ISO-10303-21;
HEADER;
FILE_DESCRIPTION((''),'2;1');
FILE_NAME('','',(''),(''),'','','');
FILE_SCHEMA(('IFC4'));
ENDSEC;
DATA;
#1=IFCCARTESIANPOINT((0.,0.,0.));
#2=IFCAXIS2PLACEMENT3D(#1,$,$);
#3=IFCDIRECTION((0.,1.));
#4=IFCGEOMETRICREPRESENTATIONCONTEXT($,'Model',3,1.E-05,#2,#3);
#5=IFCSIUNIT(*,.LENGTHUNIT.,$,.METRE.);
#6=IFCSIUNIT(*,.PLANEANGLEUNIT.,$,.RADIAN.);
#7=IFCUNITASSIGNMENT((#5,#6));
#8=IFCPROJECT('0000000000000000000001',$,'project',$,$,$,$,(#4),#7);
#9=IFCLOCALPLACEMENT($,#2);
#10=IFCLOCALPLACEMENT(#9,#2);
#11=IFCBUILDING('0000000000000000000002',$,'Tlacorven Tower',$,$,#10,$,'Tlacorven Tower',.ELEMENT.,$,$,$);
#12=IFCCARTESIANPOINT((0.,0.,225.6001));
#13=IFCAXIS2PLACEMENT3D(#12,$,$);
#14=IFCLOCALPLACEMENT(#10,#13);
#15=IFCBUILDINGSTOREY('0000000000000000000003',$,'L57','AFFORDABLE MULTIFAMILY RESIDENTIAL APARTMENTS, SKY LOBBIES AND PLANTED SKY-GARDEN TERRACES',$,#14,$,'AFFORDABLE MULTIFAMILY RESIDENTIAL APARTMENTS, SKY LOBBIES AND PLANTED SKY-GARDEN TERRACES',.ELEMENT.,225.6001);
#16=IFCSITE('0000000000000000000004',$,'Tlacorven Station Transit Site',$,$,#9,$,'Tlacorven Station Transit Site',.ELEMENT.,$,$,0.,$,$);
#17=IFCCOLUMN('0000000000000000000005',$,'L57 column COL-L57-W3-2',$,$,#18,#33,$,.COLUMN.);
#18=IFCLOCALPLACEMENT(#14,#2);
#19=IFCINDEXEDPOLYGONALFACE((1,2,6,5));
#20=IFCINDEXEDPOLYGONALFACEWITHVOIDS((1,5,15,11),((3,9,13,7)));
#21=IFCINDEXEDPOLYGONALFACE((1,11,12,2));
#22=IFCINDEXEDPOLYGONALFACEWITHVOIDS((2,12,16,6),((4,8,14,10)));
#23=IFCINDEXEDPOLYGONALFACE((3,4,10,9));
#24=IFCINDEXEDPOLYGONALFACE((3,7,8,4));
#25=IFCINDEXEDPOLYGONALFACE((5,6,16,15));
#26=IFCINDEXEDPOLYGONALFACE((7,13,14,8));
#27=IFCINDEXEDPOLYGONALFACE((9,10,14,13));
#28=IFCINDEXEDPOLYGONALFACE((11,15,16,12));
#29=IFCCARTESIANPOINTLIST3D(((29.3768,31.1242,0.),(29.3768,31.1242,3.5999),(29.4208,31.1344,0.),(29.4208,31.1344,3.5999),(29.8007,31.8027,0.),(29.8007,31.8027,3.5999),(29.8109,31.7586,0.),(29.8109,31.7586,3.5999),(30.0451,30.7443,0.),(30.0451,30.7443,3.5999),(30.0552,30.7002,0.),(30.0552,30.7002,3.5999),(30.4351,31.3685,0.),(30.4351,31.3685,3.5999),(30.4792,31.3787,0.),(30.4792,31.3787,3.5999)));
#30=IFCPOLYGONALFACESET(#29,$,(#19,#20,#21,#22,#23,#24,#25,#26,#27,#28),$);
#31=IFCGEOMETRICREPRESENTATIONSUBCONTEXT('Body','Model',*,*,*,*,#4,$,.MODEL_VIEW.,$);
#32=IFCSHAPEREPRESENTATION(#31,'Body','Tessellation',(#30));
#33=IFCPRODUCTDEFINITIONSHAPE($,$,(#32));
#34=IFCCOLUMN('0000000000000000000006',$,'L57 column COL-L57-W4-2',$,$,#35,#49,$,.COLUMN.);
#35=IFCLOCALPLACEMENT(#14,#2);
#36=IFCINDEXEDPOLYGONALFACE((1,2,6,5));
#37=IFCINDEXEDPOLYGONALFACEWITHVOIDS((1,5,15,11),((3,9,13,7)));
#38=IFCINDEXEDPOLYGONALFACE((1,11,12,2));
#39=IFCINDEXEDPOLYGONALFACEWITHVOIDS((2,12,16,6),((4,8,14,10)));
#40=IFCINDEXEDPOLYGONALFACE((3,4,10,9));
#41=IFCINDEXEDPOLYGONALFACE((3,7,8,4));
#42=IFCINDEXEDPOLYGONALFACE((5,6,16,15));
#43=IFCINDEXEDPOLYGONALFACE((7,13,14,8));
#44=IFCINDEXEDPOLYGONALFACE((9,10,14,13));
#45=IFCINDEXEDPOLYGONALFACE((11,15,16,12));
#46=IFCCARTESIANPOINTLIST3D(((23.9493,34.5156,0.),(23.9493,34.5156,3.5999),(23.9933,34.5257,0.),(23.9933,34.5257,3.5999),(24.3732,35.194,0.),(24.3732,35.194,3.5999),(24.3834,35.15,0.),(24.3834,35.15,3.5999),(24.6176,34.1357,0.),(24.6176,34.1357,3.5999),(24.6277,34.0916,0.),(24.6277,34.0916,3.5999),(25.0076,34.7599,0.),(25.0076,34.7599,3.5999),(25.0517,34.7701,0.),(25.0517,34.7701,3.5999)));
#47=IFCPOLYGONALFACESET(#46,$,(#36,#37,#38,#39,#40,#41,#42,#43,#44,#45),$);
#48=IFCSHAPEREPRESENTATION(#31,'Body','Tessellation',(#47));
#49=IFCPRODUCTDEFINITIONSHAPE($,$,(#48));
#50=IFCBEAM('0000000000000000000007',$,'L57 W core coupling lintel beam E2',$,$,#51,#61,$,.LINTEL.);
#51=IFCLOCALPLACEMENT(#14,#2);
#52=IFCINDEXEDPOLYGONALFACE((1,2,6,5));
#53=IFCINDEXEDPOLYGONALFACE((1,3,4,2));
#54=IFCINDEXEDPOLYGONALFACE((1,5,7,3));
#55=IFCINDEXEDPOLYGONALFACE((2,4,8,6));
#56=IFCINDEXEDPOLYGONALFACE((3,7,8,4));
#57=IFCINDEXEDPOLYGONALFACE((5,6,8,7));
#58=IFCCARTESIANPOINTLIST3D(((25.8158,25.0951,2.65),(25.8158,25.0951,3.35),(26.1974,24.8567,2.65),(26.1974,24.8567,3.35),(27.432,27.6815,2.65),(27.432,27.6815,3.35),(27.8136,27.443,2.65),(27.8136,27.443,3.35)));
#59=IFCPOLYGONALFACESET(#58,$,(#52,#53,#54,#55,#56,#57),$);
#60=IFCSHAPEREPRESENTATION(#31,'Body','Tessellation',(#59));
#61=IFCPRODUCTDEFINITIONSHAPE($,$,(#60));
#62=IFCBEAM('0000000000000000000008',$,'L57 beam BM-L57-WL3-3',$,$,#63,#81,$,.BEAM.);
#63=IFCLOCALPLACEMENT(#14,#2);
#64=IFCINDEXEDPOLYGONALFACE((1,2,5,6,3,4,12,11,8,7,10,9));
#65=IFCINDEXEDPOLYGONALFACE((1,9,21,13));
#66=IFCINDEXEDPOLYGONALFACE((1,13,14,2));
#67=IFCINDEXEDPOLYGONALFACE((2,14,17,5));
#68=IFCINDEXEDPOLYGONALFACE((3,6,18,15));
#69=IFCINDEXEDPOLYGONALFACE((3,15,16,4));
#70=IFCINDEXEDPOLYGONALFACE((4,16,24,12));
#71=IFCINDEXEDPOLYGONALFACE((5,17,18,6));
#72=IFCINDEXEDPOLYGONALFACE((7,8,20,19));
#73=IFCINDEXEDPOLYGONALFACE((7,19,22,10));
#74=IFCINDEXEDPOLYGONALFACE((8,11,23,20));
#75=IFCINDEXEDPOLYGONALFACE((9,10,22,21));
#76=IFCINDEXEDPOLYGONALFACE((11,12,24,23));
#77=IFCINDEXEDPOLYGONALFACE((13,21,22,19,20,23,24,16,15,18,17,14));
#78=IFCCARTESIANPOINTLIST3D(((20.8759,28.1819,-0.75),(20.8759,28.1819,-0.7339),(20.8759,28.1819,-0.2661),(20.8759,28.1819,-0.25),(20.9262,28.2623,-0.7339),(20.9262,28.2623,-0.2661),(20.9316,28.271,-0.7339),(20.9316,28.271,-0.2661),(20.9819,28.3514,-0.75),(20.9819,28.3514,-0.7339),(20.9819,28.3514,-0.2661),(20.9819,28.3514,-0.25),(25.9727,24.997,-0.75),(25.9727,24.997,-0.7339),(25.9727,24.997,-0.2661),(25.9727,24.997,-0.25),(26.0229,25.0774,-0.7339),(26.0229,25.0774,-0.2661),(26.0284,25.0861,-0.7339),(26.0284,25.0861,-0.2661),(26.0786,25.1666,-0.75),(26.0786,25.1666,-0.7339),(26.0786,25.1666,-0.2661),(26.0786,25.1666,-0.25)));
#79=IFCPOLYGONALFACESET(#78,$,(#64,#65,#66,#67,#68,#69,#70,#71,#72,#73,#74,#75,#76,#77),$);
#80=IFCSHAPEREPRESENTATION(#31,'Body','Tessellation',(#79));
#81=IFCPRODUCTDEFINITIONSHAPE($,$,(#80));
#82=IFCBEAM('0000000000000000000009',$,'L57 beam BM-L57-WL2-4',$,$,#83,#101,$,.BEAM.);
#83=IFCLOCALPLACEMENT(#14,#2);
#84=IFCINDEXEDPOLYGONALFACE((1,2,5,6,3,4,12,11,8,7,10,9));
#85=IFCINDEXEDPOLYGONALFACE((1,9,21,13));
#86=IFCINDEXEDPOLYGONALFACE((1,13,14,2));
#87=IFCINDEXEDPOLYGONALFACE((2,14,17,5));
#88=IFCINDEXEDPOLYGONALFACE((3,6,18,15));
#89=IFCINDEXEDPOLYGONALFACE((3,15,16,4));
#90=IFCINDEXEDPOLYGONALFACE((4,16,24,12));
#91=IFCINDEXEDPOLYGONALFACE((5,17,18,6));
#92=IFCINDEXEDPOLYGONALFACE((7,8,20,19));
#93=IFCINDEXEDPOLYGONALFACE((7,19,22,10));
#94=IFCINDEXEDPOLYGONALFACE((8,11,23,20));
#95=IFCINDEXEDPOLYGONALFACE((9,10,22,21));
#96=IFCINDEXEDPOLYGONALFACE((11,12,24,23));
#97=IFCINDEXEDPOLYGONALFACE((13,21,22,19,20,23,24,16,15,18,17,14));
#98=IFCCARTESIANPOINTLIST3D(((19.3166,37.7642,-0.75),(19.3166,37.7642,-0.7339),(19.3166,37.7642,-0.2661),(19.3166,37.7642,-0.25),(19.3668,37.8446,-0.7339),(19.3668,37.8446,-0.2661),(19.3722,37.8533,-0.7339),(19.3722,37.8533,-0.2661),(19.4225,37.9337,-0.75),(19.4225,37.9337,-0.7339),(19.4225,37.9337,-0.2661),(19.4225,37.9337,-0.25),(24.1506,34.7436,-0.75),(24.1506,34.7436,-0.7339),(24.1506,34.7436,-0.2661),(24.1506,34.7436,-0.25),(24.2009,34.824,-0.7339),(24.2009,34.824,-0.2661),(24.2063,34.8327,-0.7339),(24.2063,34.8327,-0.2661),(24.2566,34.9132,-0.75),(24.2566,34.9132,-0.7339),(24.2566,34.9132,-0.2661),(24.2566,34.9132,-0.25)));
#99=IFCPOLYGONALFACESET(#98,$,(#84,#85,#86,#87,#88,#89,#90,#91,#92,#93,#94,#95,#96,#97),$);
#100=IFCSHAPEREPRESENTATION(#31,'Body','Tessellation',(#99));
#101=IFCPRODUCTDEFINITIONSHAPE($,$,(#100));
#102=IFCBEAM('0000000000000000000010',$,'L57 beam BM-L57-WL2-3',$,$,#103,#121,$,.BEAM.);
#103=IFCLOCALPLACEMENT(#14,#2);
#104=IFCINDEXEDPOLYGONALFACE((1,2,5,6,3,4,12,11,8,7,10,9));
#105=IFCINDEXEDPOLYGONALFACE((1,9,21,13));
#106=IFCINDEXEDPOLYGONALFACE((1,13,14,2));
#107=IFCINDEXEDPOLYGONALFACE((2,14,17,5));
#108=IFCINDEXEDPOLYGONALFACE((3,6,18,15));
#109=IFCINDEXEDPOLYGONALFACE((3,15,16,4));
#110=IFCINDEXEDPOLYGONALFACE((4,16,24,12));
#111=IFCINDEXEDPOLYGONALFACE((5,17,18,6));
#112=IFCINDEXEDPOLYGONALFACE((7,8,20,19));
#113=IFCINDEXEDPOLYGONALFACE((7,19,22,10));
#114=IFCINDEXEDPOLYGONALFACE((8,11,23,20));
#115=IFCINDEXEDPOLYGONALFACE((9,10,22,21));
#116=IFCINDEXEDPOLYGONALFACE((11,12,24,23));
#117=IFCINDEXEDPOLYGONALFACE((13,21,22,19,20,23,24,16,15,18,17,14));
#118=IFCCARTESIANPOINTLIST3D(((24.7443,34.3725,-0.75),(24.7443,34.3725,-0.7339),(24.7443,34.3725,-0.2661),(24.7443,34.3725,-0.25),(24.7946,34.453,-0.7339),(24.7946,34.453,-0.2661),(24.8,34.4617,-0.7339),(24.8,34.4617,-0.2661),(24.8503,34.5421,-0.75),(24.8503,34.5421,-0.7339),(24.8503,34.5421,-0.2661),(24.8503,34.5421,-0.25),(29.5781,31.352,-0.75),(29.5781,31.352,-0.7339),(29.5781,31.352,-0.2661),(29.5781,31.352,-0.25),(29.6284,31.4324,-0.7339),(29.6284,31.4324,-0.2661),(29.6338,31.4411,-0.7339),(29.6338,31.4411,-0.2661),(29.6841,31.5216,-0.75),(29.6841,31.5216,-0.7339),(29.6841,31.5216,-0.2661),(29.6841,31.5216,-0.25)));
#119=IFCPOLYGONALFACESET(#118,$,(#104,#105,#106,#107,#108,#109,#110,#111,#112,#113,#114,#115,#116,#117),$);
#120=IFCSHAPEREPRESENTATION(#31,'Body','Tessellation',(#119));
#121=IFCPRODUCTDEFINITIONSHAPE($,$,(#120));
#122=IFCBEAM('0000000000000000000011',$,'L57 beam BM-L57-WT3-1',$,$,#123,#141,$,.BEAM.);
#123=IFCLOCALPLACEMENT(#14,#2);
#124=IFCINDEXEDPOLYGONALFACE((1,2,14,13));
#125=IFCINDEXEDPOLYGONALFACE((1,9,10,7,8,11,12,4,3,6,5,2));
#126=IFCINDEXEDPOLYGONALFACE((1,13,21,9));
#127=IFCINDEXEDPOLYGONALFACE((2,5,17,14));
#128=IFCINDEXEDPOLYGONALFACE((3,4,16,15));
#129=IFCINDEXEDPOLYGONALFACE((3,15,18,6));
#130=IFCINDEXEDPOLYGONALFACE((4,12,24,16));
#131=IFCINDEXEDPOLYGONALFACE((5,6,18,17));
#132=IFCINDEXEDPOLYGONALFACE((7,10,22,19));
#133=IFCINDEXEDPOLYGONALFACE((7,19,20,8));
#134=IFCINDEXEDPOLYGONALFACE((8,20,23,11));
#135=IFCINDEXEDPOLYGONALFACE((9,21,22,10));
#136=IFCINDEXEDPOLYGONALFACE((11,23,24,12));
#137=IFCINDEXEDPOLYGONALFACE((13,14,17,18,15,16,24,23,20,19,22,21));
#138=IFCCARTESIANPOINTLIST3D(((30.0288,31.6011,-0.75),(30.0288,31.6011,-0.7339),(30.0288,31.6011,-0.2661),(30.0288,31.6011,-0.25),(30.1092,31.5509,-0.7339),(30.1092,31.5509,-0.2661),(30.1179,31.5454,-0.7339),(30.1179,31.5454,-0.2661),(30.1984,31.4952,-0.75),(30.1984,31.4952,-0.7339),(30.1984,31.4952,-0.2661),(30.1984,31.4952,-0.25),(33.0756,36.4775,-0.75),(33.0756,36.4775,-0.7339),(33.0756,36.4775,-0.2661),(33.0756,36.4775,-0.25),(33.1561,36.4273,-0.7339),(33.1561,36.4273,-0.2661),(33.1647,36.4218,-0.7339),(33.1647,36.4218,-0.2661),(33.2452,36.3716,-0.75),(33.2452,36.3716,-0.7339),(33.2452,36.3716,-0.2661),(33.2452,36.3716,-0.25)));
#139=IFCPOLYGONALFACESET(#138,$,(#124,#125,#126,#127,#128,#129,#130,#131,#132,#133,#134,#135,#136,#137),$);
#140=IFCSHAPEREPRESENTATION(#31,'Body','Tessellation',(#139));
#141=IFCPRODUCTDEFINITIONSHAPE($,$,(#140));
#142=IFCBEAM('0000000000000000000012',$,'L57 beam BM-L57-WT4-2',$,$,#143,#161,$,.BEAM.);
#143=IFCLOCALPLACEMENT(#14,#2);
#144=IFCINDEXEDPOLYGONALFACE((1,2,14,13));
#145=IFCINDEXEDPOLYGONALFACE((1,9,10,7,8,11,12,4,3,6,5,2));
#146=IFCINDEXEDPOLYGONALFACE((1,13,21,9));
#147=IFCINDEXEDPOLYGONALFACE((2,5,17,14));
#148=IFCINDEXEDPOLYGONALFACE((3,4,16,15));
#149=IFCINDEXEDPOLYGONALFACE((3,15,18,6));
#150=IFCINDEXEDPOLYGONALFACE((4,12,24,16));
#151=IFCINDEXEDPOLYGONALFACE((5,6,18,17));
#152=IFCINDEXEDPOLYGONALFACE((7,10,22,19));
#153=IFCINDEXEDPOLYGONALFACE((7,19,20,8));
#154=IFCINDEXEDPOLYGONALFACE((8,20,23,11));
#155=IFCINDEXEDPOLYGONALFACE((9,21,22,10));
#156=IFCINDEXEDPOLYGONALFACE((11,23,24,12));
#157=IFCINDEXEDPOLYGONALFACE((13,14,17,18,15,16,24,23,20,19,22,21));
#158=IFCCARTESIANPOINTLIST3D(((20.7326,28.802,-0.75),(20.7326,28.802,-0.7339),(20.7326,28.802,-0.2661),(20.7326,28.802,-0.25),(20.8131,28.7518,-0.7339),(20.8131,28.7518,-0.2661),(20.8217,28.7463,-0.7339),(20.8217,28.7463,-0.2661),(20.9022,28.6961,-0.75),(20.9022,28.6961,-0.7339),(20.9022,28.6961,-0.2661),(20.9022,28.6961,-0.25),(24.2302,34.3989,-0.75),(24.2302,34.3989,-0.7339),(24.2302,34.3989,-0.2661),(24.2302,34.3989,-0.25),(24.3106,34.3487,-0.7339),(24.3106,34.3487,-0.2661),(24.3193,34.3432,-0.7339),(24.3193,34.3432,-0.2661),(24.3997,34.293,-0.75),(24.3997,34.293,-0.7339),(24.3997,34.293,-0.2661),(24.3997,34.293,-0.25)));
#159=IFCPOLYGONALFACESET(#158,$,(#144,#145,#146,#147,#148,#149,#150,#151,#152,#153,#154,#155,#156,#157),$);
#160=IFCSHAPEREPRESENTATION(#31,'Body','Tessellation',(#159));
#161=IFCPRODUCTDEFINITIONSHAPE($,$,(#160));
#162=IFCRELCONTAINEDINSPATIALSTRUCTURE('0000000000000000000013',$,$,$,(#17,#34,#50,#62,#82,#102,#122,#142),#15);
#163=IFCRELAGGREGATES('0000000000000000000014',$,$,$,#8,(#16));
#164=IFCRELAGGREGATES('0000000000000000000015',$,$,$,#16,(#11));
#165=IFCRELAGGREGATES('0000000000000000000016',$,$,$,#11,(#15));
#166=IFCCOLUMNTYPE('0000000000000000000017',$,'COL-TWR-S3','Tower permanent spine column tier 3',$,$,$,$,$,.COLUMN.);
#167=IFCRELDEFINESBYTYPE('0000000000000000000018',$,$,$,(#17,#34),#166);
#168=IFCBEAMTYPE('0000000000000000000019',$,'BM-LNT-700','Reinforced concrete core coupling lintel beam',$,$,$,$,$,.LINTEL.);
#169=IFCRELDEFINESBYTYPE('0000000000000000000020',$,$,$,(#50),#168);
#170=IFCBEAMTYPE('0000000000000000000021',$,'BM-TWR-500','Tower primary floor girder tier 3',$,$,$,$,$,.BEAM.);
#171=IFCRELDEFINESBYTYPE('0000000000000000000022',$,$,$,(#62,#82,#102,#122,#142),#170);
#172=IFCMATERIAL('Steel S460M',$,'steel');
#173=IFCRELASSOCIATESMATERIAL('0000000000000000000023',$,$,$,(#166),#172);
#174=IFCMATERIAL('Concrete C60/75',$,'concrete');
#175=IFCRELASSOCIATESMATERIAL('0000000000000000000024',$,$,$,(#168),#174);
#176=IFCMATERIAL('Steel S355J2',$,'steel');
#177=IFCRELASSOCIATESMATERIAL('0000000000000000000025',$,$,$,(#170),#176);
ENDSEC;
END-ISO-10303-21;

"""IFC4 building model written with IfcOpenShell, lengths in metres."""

from ifc_helpers import new_model, si_unit, direction, frame, origin, origin_2d, place, context, subcontext, project, spatial, rectangle, hollow_rectangle, i_section, extrude, source, transform, mapped, material, material_profile, profile_set, type_object, element, save


model = new_model("IFC4")

# Units and contexts
model_context = context("Model", 3, precision=1e-05, world=origin(), true_north=direction((0.0, 1.0)))
body_context = subcontext(model_context, "Body", "Model", "MODEL_VIEW")
ifc_project = project(units=[si_unit("LENGTHUNIT", "METRE"), si_unit("PLANEANGLEUNIT", "RADIAN")], contexts=[model_context])

# Site, building, storey
site_placement = place(None, origin())
site = spatial("IfcSite", under=ifc_project, at=site_placement, Name="Tlacorven Station Transit Site", LongName="Tlacorven Station Transit Site", CompositionType="ELEMENT", RefElevation=0.0)
building_placement = place(site_placement, origin())
building = spatial("IfcBuilding", under=site, at=building_placement, Name="Tlacorven Tower", LongName="Tlacorven Tower", CompositionType="ELEMENT")
storey_placement = place(building_placement, frame((0.0, 0.0, 225.6001)))
storey = spatial("IfcBuildingStorey", under=building, at=storey_placement, Name="L57", Description="AFFORDABLE MULTIFAMILY RESIDENTIAL APARTMENTS, SKY LOBBIES AND PLANTED SKY-GARDEN TERRACES", LongName="AFFORDABLE MULTIFAMILY RESIDENTIAL APARTMENTS, SKY LOBBIES AND PLANTED SKY-GARDEN TERRACES", CompositionType="ELEMENT", Elevation=225.6001)

# Columns
ifc_material_1 = material(Name="Steel S460M", Category="steel")
ifc_material_profile_1 = material_profile(ifc_material_1, hollow_rectangle(XDim=0.8, YDim=0.8, WallThickness=0.032, at=origin_2d()), Name="BOX 800X800X32")
ifc_profile_set_1 = profile_set([ifc_material_profile_1], Name="Steel S460M")
column_type = type_object("IfcColumnType", Name="COL-TWR-S3", Description="Tower permanent spine column tier 3", PredefinedType="COLUMN", material=ifc_profile_set_1)
shared_shape_1 = source(origin(), body_context, "Body", "SweptSolid", [
    extrude(hollow_rectangle(XDim=0.8, YDim=0.8, WallThickness=0.032, at=origin_2d()), origin(), (0.0, 0.0, 1.0), 3.5999),
])
for number, where, z_axis, x_axis, name in (
    (1, (29.928, 31.2515, 0.0), (0.0, 0.0, 1.0), (-0.848048, 0.529919, 0.0), "L57 column COL-L57-W3-2"),
    (2, (24.5005, 34.6428, 0.0), (0.0, 0.0, 1.0), (-0.848048, 0.529919, 0.0), "L57 column COL-L57-W4-2"),
):
    element("IfcColumn", number, at=place(storey_placement, frame(where, z_axis=z_axis, x_axis=x_axis)), inside=storey, type_object=column_type, Name=name, PredefinedType="COLUMN", context=body_context, shape_type="MappedRepresentation", body=[
        mapped(shared_shape_1, transform((0.0, 0.0, 0.0), scale=1.0)),
    ])

# Beams
ifc_material_2 = material(Name="Concrete C60/75", Category="concrete")
ifc_material_profile_2 = material_profile(ifc_material_2, rectangle(XDim=0.45, YDim=0.7, at=origin_2d()), Name="RC 450X700")
ifc_profile_set_2 = profile_set([ifc_material_profile_2], Name="Concrete C60/75")
beam_type_1 = type_object("IfcBeamType", Name="BM-LNT-700", Description="Reinforced concrete core coupling lintel beam", PredefinedType="LINTEL", material=ifc_profile_set_2)
shared_shape_2 = source(origin(), body_context, "Body", "SweptSolid", [
    extrude(rectangle(XDim=0.45, YDim=0.7, at=origin_2d()), origin(), (0.0, 0.0, 1.0), 3.0498),
])
beam_1_placement = place(storey_placement, frame((27.6228, 27.5623, 3.0), z_axis=(-0.529927, -0.848043, 0.0), x_axis=(0.848043, -0.529927, 0.0)))
element("IfcBeam", 3, at=beam_1_placement, inside=storey, type_object=beam_type_1, Name="L57 W core coupling lintel beam E2", PredefinedType="LINTEL", context=body_context, shape_type="MappedRepresentation", body=[
    mapped(shared_shape_2, transform((0.0, 0.0, 0.0), scale=1.0)),
])
ifc_material_3 = material(Name="Steel S355J2", Category="steel")
ifc_material_profile_3 = material_profile(ifc_material_3, i_section(OverallWidth=0.2, OverallDepth=0.5, WebThickness=0.0103, FlangeThickness=0.0161, at=origin_2d()), Name="IPE 500")
ifc_profile_set_3 = profile_set([ifc_material_profile_3], Name="Steel S355J2")
beam_type_2 = type_object("IfcBeamType", Name="BM-TWR-500", Description="Tower primary floor girder tier 3", PredefinedType="BEAM", material=ifc_profile_set_3)
shared_shape_3 = source(origin(), body_context, "Body", "SweptSolid", [
    extrude(i_section(OverallWidth=0.2, OverallDepth=0.5, WebThickness=0.0103, FlangeThickness=0.0161, at=origin_2d()), origin(), (0.0, 0.0, 1.0), 6.01),
])
beam_2_placement = place(storey_placement, frame((26.0256, 25.0818, -0.5), z_axis=(-0.848044, 0.529926, 0.0), x_axis=(-0.529926, -0.848044, 0.0)))
element("IfcBeam", 4, at=beam_2_placement, inside=storey, type_object=beam_type_2, Name="L57 beam BM-L57-WL3-3", PredefinedType="BEAM", context=body_context, shape_type="MappedRepresentation", body=[
    mapped(shared_shape_3, transform((0.0, 0.0, 0.0), scale=1.0)),
])
shared_shape_4 = source(origin(), body_context, "Body", "SweptSolid", [
    extrude(i_section(OverallWidth=0.2, OverallDepth=0.5, WebThickness=0.0103, FlangeThickness=0.0161, at=origin_2d()), origin(), (0.0, 0.0, 1.0), 5.7002),
])
beam_3_placement = place(storey_placement, frame((24.2036, 34.8284, -0.5), z_axis=(-0.848056, 0.529907, 0.0), x_axis=(-0.529907, -0.848056, 0.0)))
element("IfcBeam", 5, at=beam_3_placement, inside=storey, type_object=beam_type_2, Name="L57 beam BM-L57-WL2-4", PredefinedType="BEAM", context=body_context, shape_type="MappedRepresentation", body=[
    mapped(shared_shape_4, transform((0.0, 0.0, 0.0), scale=1.0)),
])
shared_shape_5 = source(origin(), body_context, "Body", "SweptSolid", [
    extrude(i_section(OverallWidth=0.2, OverallDepth=0.5, WebThickness=0.0103, FlangeThickness=0.0161, at=origin_2d()), origin(), (0.0, 0.0, 1.0), 5.7),
])
beam_4_placement = place(storey_placement, frame((29.6311, 31.4368, -0.5), z_axis=(-0.848044, 0.529926, 0.0), x_axis=(-0.529926, -0.848044, 0.0)))
element("IfcBeam", 6, at=beam_4_placement, inside=storey, type_object=beam_type_2, Name="L57 beam BM-L57-WL2-3", PredefinedType="BEAM", context=body_context, shape_type="MappedRepresentation", body=[
    mapped(shared_shape_5, transform((0.0, 0.0, 0.0), scale=1.0)),
])
shared_shape_6 = source(origin(), body_context, "Body", "SweptSolid", [
    extrude(i_section(OverallWidth=0.2, OverallDepth=0.5, WebThickness=0.0103, FlangeThickness=0.0161, at=origin_2d()), origin(), (0.0, 0.0, 1.0), 5.75),
])
beam_5_placement = place(storey_placement, frame((33.1604, 36.4246, -0.5), z_axis=(-0.529884, -0.84807, 0.0), x_axis=(0.84807, -0.529884, 0.0)))
element("IfcBeam", 7, at=beam_5_placement, inside=storey, type_object=beam_type_2, Name="L57 beam BM-L57-WT3-1", PredefinedType="BEAM", context=body_context, shape_type="MappedRepresentation", body=[
    mapped(shared_shape_6, transform((0.0, 0.0, 0.0), scale=1.0)),
])
shared_shape_7 = source(origin(), body_context, "Body", "SweptSolid", [
    extrude(i_section(OverallWidth=0.2, OverallDepth=0.5, WebThickness=0.0103, FlangeThickness=0.0161, at=origin_2d()), origin(), (0.0, 0.0, 1.0), 6.5999),
])
beam_6_placement = place(storey_placement, frame((24.3149, 34.3459, -0.5), z_axis=(-0.529942, -0.848034, 0.0), x_axis=(0.848034, -0.529942, 0.0)))
element("IfcBeam", 8, at=beam_6_placement, inside=storey, type_object=beam_type_2, Name="L57 beam BM-L57-WT4-2", PredefinedType="BEAM", context=body_context, shape_type="MappedRepresentation", body=[
    mapped(shared_shape_7, transform((0.0, 0.0, 0.0), scale=1.0)),
])

save(model, "model.ifc")
